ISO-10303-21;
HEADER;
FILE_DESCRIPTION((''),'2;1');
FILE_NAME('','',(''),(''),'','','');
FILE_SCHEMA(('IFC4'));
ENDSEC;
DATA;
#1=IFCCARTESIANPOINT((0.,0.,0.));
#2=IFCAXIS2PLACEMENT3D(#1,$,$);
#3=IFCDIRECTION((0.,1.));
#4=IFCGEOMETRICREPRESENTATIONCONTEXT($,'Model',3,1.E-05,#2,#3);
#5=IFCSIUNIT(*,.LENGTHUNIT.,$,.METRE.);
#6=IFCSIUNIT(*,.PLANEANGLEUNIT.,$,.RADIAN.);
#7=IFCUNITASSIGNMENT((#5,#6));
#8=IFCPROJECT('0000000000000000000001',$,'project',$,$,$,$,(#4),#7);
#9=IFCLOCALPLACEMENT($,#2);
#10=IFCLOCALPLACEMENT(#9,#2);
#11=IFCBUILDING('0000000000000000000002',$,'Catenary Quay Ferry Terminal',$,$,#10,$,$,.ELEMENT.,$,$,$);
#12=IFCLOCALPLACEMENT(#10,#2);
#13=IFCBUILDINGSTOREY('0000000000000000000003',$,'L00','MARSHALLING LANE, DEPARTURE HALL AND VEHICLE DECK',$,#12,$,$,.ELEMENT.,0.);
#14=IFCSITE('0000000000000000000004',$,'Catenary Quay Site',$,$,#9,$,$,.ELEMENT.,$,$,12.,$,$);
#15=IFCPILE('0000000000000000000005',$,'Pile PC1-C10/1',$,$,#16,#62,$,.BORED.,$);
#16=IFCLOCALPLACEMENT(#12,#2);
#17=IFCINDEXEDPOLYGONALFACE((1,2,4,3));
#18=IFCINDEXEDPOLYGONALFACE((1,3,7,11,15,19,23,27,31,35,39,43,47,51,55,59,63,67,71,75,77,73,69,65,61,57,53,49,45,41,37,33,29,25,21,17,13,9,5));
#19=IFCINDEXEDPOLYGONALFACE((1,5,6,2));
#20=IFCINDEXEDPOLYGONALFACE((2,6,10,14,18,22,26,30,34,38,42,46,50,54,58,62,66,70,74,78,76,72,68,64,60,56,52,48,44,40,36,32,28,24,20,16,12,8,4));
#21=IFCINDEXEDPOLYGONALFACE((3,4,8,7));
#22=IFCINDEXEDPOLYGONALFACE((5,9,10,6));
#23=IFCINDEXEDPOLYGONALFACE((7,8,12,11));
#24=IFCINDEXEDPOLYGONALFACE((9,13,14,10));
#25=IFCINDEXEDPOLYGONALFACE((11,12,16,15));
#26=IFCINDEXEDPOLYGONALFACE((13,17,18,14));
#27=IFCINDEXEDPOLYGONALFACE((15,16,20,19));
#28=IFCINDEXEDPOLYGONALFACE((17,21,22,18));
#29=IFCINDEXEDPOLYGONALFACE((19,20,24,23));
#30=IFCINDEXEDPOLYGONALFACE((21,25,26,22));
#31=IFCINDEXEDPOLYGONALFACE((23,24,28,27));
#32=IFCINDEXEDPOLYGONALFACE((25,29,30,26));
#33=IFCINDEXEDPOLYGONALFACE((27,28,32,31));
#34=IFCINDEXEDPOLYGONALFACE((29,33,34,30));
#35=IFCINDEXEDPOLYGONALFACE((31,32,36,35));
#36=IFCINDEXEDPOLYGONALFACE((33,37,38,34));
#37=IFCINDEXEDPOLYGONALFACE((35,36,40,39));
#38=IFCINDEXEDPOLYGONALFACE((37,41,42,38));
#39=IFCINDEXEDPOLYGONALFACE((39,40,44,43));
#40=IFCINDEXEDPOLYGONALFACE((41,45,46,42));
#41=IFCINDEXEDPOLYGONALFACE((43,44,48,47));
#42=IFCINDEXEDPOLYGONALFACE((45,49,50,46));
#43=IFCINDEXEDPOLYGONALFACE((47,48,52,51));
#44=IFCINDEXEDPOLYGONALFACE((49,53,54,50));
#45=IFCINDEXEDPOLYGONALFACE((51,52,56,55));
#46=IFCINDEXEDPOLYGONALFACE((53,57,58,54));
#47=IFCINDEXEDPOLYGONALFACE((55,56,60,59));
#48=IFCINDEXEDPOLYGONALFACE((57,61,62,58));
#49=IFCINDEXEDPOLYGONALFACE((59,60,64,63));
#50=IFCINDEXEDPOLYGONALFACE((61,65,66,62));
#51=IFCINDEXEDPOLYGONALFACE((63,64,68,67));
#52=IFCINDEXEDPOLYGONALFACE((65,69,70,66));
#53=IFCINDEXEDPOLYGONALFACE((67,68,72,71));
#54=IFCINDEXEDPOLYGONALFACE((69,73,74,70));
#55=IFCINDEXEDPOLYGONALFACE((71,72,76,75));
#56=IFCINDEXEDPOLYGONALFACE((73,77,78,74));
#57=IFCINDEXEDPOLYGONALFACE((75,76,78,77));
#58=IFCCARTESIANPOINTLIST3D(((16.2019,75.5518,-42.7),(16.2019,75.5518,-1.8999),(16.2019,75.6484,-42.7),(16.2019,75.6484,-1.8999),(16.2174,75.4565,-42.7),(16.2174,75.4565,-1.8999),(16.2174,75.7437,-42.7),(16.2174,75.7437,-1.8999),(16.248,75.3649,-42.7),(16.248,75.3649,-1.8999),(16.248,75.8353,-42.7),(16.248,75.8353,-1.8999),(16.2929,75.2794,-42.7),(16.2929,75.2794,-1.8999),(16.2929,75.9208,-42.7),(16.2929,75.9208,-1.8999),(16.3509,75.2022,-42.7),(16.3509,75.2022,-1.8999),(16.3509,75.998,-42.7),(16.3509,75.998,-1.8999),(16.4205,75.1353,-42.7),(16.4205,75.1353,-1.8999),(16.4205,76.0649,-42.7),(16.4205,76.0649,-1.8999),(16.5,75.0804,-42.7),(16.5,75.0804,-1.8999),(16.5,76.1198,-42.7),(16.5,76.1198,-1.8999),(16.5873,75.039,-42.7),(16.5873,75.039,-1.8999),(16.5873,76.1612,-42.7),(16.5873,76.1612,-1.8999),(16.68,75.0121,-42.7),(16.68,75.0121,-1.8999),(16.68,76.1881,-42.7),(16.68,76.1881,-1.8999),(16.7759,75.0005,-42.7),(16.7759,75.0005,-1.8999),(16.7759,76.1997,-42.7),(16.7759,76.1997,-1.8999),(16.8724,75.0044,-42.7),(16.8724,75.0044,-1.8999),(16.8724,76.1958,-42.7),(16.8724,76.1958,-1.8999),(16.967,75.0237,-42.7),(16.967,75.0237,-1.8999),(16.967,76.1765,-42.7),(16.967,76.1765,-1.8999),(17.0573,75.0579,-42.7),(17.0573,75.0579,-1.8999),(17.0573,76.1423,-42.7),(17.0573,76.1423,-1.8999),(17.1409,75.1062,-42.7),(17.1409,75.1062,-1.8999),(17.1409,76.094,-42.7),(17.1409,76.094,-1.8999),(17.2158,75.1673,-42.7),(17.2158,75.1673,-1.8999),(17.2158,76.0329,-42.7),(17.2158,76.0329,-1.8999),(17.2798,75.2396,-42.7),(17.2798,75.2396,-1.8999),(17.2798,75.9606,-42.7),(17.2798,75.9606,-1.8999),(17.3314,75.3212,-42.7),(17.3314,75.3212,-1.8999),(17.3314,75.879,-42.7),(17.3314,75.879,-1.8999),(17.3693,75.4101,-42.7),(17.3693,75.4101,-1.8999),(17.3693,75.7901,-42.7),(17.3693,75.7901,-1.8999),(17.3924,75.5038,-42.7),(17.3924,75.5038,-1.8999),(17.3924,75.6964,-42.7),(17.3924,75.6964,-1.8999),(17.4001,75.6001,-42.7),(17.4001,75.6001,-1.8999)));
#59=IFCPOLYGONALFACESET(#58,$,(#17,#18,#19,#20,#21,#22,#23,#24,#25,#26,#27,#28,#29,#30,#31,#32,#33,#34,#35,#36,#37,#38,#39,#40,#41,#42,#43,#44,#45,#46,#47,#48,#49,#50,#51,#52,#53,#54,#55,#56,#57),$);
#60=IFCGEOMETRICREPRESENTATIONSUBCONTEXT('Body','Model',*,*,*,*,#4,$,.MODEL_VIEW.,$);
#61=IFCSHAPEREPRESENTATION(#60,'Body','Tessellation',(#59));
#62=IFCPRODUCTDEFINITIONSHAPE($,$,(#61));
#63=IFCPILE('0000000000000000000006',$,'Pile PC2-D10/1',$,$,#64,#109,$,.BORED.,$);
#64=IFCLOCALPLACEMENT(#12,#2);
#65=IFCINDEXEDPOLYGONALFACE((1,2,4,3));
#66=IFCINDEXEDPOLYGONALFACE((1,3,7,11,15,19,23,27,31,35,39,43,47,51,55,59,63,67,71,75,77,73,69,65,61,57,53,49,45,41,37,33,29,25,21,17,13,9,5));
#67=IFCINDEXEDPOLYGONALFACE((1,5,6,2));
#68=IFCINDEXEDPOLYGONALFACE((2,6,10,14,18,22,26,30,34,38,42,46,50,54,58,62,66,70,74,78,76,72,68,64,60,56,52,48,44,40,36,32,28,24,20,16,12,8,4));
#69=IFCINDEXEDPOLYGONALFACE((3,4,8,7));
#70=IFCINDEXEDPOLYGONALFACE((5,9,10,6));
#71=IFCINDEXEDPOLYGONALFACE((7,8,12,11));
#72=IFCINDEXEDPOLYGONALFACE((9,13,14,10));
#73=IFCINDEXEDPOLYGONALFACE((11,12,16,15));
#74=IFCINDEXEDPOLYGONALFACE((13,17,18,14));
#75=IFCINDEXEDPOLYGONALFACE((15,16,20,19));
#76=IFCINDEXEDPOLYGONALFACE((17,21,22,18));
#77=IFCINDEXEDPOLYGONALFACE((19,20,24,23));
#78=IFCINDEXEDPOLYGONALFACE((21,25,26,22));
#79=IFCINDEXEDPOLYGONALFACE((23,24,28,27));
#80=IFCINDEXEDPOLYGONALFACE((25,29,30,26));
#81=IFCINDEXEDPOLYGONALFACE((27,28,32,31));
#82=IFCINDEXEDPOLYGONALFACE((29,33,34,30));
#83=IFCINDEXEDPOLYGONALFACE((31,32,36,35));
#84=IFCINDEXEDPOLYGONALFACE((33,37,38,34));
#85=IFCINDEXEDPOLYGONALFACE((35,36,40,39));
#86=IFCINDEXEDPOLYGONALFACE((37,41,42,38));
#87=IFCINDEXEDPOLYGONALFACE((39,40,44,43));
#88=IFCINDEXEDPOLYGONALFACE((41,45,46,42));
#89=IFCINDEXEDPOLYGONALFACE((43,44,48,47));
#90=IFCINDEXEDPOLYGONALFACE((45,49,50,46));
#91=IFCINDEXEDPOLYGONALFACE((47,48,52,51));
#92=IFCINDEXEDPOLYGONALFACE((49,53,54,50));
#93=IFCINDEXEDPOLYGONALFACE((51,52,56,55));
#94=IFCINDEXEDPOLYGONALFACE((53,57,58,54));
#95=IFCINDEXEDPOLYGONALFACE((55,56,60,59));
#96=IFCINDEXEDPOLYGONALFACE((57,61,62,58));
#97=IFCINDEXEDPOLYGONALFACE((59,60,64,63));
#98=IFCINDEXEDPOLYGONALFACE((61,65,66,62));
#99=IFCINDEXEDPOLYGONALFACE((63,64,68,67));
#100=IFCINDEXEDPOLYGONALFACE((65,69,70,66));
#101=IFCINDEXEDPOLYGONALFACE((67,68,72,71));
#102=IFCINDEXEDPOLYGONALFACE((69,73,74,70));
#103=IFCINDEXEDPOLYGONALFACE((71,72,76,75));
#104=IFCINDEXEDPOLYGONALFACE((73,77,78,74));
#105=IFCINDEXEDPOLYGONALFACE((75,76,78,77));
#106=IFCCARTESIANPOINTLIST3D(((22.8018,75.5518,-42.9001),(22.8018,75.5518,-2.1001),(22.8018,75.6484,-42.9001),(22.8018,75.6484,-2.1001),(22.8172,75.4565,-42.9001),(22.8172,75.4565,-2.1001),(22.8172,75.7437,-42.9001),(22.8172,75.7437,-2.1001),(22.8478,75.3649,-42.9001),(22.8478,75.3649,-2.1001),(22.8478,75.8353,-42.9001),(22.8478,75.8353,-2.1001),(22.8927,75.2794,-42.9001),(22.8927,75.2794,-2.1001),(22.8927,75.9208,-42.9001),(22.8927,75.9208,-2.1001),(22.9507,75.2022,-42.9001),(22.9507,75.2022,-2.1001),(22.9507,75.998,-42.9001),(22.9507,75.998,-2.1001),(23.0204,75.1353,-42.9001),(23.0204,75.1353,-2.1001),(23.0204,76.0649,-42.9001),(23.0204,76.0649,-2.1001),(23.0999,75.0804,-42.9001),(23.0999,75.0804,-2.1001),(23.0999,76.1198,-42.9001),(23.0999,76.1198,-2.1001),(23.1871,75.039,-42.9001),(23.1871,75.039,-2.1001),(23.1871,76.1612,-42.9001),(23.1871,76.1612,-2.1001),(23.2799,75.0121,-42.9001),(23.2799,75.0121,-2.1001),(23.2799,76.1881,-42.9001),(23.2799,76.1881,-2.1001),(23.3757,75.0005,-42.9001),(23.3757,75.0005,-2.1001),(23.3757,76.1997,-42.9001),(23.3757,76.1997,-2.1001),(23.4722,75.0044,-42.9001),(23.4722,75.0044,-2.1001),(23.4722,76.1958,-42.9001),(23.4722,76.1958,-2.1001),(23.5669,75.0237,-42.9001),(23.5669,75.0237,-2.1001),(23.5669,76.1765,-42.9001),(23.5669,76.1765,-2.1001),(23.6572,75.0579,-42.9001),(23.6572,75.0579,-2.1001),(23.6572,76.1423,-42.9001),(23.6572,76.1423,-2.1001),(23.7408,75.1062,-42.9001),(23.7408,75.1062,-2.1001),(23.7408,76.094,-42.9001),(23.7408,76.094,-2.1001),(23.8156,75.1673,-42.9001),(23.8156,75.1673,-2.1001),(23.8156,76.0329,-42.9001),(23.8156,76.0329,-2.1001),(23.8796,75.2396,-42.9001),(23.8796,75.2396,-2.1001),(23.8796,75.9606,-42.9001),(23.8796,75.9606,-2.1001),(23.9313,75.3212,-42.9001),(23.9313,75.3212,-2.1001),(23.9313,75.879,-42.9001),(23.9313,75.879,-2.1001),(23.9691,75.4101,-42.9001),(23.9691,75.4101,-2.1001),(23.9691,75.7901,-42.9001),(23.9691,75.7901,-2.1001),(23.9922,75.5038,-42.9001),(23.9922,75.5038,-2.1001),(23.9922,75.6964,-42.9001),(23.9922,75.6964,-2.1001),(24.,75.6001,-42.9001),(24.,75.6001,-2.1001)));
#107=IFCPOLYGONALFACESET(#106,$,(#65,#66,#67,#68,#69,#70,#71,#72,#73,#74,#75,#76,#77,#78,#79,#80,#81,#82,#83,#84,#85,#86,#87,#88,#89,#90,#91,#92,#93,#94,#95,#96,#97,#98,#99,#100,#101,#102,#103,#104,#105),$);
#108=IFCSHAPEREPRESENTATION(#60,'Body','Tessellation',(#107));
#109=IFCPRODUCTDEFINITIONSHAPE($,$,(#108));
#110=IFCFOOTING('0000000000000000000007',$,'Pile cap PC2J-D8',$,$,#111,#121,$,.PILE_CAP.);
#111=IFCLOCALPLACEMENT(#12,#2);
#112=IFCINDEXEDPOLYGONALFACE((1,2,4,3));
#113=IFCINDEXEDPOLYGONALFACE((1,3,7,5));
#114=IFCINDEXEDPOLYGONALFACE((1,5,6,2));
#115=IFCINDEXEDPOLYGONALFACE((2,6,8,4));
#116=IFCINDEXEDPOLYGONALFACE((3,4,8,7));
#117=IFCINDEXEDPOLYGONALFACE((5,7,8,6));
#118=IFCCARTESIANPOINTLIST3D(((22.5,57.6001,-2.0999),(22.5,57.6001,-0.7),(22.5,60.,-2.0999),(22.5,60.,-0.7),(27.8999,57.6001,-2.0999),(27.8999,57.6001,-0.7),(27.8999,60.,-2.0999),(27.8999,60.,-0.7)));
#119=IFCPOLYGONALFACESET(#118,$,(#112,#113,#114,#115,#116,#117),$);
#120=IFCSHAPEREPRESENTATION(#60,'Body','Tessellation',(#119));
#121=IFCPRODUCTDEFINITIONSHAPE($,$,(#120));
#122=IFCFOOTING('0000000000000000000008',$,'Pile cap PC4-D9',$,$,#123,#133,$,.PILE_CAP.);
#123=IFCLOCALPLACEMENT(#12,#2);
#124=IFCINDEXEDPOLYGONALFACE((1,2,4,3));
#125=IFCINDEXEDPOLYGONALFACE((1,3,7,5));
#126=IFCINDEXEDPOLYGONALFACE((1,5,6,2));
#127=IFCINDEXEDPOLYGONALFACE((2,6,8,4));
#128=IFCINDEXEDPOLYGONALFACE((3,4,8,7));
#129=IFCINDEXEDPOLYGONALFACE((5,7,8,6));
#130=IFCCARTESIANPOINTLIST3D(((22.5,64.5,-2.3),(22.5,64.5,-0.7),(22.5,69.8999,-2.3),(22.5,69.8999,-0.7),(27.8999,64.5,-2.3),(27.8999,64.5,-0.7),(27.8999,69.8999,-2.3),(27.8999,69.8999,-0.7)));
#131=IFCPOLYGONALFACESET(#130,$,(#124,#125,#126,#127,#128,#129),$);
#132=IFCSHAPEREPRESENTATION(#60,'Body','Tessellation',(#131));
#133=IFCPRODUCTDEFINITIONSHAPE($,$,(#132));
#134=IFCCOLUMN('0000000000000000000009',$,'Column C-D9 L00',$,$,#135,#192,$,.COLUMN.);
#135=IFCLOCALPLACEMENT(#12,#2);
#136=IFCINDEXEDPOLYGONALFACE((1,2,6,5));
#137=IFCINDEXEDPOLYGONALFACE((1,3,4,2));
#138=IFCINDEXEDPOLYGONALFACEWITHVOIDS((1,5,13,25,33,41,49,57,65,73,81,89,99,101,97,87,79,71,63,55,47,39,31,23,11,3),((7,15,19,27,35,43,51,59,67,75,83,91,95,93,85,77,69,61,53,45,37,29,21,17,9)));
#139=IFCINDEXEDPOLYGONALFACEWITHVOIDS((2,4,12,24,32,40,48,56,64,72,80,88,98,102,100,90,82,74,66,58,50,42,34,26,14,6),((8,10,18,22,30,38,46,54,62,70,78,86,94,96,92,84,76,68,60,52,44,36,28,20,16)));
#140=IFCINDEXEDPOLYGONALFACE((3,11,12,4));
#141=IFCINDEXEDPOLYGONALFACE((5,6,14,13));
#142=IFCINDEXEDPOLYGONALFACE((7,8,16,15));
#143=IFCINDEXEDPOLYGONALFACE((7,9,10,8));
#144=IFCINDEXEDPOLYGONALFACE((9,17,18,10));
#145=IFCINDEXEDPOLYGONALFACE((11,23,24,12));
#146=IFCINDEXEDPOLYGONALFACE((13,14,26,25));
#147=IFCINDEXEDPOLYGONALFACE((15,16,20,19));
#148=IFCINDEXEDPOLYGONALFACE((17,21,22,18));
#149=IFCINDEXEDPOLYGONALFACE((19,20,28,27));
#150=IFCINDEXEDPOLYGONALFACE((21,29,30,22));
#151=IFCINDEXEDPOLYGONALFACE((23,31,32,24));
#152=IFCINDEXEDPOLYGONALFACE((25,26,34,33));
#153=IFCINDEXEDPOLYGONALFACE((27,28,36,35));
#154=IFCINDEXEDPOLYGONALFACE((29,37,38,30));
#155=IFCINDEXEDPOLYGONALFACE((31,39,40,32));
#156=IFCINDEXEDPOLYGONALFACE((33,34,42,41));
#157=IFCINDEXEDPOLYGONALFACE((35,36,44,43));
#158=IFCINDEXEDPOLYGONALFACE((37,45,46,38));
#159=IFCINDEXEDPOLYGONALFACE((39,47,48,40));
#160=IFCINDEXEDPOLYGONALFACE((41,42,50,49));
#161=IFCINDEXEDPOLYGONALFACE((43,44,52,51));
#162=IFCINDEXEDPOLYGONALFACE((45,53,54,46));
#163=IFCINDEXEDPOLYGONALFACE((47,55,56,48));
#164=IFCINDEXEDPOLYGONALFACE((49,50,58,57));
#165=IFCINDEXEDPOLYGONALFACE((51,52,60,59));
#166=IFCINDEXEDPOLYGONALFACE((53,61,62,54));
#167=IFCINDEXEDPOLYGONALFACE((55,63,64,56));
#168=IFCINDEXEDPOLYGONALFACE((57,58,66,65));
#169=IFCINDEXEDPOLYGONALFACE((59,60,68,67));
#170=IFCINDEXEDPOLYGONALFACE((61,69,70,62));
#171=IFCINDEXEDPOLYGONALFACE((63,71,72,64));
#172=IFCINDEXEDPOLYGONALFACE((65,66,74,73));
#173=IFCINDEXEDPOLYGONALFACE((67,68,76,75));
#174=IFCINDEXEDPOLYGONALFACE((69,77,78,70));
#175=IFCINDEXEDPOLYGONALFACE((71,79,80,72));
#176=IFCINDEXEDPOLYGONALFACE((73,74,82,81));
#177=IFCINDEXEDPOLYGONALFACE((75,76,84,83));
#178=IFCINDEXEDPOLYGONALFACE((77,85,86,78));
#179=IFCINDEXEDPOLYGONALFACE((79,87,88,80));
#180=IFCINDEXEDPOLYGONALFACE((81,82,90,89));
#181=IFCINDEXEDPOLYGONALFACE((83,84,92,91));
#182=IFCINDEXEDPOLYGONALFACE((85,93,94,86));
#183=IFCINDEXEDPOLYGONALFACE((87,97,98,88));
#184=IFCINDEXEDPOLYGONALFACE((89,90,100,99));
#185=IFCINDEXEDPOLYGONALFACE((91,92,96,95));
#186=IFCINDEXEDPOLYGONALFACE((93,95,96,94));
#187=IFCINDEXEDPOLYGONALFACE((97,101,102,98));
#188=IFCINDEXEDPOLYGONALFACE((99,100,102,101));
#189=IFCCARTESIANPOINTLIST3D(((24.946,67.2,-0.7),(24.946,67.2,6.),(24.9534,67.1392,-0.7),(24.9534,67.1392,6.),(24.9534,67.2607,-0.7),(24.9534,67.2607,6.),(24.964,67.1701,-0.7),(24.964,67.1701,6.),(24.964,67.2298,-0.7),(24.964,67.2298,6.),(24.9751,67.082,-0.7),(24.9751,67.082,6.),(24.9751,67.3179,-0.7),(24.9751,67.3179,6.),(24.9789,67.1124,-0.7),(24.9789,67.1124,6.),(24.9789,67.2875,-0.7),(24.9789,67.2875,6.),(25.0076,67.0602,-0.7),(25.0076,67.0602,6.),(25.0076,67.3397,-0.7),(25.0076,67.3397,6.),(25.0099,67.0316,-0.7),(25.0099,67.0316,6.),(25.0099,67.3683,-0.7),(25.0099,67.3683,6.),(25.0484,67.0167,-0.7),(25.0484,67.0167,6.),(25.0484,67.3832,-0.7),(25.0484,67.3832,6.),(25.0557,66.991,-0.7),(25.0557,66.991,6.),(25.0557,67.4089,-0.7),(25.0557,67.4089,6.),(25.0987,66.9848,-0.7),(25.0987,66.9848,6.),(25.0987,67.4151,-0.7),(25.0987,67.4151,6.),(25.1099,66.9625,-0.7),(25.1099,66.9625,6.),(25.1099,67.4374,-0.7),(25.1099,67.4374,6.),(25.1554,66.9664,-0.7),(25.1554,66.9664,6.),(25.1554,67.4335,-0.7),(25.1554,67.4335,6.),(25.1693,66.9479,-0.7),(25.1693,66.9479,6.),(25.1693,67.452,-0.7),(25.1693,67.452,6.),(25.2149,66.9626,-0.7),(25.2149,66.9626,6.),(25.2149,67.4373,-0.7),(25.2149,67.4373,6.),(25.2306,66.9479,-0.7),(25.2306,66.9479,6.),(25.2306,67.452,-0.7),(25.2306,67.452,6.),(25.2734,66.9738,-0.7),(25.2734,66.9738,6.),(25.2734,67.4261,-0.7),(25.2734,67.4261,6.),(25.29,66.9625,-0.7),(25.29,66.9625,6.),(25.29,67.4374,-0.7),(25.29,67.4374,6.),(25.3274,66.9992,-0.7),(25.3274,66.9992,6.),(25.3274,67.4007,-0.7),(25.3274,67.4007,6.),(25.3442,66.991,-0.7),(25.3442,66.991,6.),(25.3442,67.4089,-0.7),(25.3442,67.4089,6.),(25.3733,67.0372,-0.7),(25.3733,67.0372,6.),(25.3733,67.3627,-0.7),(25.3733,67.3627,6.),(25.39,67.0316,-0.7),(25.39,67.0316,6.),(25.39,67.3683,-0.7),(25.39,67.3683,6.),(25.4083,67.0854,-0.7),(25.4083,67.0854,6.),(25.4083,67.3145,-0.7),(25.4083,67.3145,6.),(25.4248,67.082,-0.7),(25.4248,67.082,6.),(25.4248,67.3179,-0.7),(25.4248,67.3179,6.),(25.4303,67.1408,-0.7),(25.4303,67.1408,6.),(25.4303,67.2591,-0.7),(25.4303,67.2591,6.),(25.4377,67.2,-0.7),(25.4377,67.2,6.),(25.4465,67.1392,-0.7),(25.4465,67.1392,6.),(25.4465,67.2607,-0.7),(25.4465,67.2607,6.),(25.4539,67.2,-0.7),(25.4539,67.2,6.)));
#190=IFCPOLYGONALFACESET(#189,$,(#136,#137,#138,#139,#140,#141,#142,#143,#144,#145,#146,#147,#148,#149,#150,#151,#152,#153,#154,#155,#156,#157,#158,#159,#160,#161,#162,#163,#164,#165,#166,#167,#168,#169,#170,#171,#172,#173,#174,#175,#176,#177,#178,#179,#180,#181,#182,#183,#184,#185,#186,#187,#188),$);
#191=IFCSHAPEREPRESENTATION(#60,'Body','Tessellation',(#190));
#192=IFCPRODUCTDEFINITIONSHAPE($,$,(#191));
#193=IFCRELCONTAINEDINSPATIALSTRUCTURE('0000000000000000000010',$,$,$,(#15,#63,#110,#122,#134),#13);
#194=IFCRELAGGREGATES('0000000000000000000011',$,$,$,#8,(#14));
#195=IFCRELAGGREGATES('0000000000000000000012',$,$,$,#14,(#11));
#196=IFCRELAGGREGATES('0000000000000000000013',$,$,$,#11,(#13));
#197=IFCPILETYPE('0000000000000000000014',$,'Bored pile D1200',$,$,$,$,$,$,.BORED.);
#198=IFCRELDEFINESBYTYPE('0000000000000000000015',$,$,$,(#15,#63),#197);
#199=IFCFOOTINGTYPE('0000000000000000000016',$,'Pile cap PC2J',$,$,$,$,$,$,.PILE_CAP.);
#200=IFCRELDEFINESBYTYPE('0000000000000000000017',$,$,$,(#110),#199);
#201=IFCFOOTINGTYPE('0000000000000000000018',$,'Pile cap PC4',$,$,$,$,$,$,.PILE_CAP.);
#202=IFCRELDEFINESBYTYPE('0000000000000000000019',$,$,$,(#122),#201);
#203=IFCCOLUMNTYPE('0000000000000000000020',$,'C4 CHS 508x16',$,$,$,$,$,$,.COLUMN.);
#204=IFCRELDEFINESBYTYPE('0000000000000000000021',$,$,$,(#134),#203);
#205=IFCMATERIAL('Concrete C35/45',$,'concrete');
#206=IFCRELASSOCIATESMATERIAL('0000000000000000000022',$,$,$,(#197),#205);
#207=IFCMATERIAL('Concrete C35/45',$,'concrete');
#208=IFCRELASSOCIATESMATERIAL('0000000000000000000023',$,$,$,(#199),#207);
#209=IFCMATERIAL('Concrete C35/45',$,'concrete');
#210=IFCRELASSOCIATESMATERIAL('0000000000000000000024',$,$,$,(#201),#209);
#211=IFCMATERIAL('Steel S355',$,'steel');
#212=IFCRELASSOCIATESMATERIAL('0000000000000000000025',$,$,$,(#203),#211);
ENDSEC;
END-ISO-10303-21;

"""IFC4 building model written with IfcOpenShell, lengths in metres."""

from ifc_helpers import new_model, si_unit, direction, frame, origin, origin_2d, place, context, subcontext, project, spatial, rectangle, circle, hollow_circle, extrude, material, material_profile, profile_set, type_object, element, save


model = new_model("IFC4")

# Units and contexts
model_context = context("Model", 3, precision=1e-05, world=origin(), true_north=direction((0.0, 1.0)))
body_context = subcontext(model_context, "Body", "Model", "MODEL_VIEW")
ifc_project = project(units=[si_unit("LENGTHUNIT", "METRE"), si_unit("PLANEANGLEUNIT", "RADIAN")], contexts=[model_context])

# Site, building, storey
site_placement = place(None, origin())
site = spatial("IfcSite", under=ifc_project, at=site_placement, Name="Catenary Quay Site", CompositionType="ELEMENT", RefElevation=12.0)
building_placement = place(site_placement, origin())
building = spatial("IfcBuilding", under=site, at=building_placement, Name="Catenary Quay Ferry Terminal", CompositionType="ELEMENT")
storey_placement = place(building_placement, origin())
storey = spatial("IfcBuildingStorey", under=building, at=storey_placement, Name="L00", Description="MARSHALLING LANE, DEPARTURE HALL AND VEHICLE DECK", CompositionType="ELEMENT", Elevation=0.0)

# Piles
ifc_material_1 = material(Name="Concrete C35/45", Category="concrete")
ifc_material_profile_1 = material_profile(ifc_material_1, circle(Radius=0.6001, at=origin_2d()), Name="D1200")
ifc_profile_set_1 = profile_set([ifc_material_profile_1], Name="Concrete C35/45")
pile_type = type_object("IfcPileType", Name="Bored pile D1200", PredefinedType="BORED", material=ifc_profile_set_1)
for number, where, z_axis, x_axis, name in (
    (1, (16.8, 75.6001, -1.8999), (0.0, 0.0, -1.0), (1.0, 0.0, 0.0), "Pile PC1-C10/1"),
    (2, (23.3999, 75.6001, -2.1001), (0.0, 0.0, -1.0), (1.0, 0.0, 0.0), "Pile PC2-D10/1"),
):
    element("IfcPile", number, at=place(storey_placement, frame(where, z_axis=z_axis, x_axis=x_axis)), inside=storey, type_object=pile_type, Name=name, PredefinedType="BORED", context=body_context, shape_type="SweptSolid", body=[
        extrude(circle(Radius=0.6001, at=origin_2d()), origin(), (0.0, 0.0, 1.0), 40.8),
    ])

# Footings
ifc_material_2 = material(Name="Concrete C35/45", Category="concrete")
footing_type_1 = type_object("IfcFootingType", Name="Pile cap PC2J", PredefinedType="PILE_CAP", material=ifc_material_2)
footing_1_placement = place(storey_placement, frame((25.2, 58.8, -2.0999), z_axis=(0.0, 0.0, 1.0), x_axis=(1.0, 0.0, 0.0)))
element("IfcFooting", 3, at=footing_1_placement, inside=storey, type_object=footing_type_1, Name="Pile cap PC2J-D8", PredefinedType="PILE_CAP", context=body_context, shape_type="SweptSolid", body=[
    extrude(rectangle(XDim=5.3999, YDim=2.3999, at=origin_2d()), origin(), (0.0, 0.0, 1.0), 1.3999),
])
ifc_material_3 = material(Name="Concrete C35/45", Category="concrete")
footing_type_2 = type_object("IfcFootingType", Name="Pile cap PC4", PredefinedType="PILE_CAP", material=ifc_material_3)
footing_2_placement = place(storey_placement, frame((25.2, 67.2, -2.3), z_axis=(0.0, 0.0, 1.0), x_axis=(1.0, 0.0, 0.0)))
element("IfcFooting", 4, at=footing_2_placement, inside=storey, type_object=footing_type_2, Name="Pile cap PC4-D9", PredefinedType="PILE_CAP", context=body_context, shape_type="SweptSolid", body=[
    extrude(rectangle(XDim=5.3999, YDim=5.3999, at=origin_2d()), origin(), (0.0, 0.0, 1.0), 1.6001),
])

# Column
ifc_material_4 = material(Name="Steel S355", Category="steel")
ifc_material_profile_2 = material_profile(ifc_material_4, hollow_circle(Radius=0.2539, WallThickness=0.0161, at=origin_2d()), Name="CHS 508x16")
ifc_profile_set_2 = profile_set([ifc_material_profile_2], Name="Steel S355")
column_type = type_object("IfcColumnType", Name="C4 CHS 508x16", PredefinedType="COLUMN", material=ifc_profile_set_2)
column_placement = place(storey_placement, frame((25.2, 67.2, -0.7), z_axis=(0.0, 0.0, 1.0), x_axis=(1.0, 0.0, 0.0)))
element("IfcColumn", 5, at=column_placement, inside=storey, type_object=column_type, Name="Column C-D9 L00", PredefinedType="COLUMN", context=body_context, shape_type="SweptSolid", body=[
    extrude(hollow_circle(Radius=0.2539, WallThickness=0.0161, at=origin_2d()), origin(), (0.0, 0.0, 1.0), 6.7),
])

save(model, "model.ifc")
